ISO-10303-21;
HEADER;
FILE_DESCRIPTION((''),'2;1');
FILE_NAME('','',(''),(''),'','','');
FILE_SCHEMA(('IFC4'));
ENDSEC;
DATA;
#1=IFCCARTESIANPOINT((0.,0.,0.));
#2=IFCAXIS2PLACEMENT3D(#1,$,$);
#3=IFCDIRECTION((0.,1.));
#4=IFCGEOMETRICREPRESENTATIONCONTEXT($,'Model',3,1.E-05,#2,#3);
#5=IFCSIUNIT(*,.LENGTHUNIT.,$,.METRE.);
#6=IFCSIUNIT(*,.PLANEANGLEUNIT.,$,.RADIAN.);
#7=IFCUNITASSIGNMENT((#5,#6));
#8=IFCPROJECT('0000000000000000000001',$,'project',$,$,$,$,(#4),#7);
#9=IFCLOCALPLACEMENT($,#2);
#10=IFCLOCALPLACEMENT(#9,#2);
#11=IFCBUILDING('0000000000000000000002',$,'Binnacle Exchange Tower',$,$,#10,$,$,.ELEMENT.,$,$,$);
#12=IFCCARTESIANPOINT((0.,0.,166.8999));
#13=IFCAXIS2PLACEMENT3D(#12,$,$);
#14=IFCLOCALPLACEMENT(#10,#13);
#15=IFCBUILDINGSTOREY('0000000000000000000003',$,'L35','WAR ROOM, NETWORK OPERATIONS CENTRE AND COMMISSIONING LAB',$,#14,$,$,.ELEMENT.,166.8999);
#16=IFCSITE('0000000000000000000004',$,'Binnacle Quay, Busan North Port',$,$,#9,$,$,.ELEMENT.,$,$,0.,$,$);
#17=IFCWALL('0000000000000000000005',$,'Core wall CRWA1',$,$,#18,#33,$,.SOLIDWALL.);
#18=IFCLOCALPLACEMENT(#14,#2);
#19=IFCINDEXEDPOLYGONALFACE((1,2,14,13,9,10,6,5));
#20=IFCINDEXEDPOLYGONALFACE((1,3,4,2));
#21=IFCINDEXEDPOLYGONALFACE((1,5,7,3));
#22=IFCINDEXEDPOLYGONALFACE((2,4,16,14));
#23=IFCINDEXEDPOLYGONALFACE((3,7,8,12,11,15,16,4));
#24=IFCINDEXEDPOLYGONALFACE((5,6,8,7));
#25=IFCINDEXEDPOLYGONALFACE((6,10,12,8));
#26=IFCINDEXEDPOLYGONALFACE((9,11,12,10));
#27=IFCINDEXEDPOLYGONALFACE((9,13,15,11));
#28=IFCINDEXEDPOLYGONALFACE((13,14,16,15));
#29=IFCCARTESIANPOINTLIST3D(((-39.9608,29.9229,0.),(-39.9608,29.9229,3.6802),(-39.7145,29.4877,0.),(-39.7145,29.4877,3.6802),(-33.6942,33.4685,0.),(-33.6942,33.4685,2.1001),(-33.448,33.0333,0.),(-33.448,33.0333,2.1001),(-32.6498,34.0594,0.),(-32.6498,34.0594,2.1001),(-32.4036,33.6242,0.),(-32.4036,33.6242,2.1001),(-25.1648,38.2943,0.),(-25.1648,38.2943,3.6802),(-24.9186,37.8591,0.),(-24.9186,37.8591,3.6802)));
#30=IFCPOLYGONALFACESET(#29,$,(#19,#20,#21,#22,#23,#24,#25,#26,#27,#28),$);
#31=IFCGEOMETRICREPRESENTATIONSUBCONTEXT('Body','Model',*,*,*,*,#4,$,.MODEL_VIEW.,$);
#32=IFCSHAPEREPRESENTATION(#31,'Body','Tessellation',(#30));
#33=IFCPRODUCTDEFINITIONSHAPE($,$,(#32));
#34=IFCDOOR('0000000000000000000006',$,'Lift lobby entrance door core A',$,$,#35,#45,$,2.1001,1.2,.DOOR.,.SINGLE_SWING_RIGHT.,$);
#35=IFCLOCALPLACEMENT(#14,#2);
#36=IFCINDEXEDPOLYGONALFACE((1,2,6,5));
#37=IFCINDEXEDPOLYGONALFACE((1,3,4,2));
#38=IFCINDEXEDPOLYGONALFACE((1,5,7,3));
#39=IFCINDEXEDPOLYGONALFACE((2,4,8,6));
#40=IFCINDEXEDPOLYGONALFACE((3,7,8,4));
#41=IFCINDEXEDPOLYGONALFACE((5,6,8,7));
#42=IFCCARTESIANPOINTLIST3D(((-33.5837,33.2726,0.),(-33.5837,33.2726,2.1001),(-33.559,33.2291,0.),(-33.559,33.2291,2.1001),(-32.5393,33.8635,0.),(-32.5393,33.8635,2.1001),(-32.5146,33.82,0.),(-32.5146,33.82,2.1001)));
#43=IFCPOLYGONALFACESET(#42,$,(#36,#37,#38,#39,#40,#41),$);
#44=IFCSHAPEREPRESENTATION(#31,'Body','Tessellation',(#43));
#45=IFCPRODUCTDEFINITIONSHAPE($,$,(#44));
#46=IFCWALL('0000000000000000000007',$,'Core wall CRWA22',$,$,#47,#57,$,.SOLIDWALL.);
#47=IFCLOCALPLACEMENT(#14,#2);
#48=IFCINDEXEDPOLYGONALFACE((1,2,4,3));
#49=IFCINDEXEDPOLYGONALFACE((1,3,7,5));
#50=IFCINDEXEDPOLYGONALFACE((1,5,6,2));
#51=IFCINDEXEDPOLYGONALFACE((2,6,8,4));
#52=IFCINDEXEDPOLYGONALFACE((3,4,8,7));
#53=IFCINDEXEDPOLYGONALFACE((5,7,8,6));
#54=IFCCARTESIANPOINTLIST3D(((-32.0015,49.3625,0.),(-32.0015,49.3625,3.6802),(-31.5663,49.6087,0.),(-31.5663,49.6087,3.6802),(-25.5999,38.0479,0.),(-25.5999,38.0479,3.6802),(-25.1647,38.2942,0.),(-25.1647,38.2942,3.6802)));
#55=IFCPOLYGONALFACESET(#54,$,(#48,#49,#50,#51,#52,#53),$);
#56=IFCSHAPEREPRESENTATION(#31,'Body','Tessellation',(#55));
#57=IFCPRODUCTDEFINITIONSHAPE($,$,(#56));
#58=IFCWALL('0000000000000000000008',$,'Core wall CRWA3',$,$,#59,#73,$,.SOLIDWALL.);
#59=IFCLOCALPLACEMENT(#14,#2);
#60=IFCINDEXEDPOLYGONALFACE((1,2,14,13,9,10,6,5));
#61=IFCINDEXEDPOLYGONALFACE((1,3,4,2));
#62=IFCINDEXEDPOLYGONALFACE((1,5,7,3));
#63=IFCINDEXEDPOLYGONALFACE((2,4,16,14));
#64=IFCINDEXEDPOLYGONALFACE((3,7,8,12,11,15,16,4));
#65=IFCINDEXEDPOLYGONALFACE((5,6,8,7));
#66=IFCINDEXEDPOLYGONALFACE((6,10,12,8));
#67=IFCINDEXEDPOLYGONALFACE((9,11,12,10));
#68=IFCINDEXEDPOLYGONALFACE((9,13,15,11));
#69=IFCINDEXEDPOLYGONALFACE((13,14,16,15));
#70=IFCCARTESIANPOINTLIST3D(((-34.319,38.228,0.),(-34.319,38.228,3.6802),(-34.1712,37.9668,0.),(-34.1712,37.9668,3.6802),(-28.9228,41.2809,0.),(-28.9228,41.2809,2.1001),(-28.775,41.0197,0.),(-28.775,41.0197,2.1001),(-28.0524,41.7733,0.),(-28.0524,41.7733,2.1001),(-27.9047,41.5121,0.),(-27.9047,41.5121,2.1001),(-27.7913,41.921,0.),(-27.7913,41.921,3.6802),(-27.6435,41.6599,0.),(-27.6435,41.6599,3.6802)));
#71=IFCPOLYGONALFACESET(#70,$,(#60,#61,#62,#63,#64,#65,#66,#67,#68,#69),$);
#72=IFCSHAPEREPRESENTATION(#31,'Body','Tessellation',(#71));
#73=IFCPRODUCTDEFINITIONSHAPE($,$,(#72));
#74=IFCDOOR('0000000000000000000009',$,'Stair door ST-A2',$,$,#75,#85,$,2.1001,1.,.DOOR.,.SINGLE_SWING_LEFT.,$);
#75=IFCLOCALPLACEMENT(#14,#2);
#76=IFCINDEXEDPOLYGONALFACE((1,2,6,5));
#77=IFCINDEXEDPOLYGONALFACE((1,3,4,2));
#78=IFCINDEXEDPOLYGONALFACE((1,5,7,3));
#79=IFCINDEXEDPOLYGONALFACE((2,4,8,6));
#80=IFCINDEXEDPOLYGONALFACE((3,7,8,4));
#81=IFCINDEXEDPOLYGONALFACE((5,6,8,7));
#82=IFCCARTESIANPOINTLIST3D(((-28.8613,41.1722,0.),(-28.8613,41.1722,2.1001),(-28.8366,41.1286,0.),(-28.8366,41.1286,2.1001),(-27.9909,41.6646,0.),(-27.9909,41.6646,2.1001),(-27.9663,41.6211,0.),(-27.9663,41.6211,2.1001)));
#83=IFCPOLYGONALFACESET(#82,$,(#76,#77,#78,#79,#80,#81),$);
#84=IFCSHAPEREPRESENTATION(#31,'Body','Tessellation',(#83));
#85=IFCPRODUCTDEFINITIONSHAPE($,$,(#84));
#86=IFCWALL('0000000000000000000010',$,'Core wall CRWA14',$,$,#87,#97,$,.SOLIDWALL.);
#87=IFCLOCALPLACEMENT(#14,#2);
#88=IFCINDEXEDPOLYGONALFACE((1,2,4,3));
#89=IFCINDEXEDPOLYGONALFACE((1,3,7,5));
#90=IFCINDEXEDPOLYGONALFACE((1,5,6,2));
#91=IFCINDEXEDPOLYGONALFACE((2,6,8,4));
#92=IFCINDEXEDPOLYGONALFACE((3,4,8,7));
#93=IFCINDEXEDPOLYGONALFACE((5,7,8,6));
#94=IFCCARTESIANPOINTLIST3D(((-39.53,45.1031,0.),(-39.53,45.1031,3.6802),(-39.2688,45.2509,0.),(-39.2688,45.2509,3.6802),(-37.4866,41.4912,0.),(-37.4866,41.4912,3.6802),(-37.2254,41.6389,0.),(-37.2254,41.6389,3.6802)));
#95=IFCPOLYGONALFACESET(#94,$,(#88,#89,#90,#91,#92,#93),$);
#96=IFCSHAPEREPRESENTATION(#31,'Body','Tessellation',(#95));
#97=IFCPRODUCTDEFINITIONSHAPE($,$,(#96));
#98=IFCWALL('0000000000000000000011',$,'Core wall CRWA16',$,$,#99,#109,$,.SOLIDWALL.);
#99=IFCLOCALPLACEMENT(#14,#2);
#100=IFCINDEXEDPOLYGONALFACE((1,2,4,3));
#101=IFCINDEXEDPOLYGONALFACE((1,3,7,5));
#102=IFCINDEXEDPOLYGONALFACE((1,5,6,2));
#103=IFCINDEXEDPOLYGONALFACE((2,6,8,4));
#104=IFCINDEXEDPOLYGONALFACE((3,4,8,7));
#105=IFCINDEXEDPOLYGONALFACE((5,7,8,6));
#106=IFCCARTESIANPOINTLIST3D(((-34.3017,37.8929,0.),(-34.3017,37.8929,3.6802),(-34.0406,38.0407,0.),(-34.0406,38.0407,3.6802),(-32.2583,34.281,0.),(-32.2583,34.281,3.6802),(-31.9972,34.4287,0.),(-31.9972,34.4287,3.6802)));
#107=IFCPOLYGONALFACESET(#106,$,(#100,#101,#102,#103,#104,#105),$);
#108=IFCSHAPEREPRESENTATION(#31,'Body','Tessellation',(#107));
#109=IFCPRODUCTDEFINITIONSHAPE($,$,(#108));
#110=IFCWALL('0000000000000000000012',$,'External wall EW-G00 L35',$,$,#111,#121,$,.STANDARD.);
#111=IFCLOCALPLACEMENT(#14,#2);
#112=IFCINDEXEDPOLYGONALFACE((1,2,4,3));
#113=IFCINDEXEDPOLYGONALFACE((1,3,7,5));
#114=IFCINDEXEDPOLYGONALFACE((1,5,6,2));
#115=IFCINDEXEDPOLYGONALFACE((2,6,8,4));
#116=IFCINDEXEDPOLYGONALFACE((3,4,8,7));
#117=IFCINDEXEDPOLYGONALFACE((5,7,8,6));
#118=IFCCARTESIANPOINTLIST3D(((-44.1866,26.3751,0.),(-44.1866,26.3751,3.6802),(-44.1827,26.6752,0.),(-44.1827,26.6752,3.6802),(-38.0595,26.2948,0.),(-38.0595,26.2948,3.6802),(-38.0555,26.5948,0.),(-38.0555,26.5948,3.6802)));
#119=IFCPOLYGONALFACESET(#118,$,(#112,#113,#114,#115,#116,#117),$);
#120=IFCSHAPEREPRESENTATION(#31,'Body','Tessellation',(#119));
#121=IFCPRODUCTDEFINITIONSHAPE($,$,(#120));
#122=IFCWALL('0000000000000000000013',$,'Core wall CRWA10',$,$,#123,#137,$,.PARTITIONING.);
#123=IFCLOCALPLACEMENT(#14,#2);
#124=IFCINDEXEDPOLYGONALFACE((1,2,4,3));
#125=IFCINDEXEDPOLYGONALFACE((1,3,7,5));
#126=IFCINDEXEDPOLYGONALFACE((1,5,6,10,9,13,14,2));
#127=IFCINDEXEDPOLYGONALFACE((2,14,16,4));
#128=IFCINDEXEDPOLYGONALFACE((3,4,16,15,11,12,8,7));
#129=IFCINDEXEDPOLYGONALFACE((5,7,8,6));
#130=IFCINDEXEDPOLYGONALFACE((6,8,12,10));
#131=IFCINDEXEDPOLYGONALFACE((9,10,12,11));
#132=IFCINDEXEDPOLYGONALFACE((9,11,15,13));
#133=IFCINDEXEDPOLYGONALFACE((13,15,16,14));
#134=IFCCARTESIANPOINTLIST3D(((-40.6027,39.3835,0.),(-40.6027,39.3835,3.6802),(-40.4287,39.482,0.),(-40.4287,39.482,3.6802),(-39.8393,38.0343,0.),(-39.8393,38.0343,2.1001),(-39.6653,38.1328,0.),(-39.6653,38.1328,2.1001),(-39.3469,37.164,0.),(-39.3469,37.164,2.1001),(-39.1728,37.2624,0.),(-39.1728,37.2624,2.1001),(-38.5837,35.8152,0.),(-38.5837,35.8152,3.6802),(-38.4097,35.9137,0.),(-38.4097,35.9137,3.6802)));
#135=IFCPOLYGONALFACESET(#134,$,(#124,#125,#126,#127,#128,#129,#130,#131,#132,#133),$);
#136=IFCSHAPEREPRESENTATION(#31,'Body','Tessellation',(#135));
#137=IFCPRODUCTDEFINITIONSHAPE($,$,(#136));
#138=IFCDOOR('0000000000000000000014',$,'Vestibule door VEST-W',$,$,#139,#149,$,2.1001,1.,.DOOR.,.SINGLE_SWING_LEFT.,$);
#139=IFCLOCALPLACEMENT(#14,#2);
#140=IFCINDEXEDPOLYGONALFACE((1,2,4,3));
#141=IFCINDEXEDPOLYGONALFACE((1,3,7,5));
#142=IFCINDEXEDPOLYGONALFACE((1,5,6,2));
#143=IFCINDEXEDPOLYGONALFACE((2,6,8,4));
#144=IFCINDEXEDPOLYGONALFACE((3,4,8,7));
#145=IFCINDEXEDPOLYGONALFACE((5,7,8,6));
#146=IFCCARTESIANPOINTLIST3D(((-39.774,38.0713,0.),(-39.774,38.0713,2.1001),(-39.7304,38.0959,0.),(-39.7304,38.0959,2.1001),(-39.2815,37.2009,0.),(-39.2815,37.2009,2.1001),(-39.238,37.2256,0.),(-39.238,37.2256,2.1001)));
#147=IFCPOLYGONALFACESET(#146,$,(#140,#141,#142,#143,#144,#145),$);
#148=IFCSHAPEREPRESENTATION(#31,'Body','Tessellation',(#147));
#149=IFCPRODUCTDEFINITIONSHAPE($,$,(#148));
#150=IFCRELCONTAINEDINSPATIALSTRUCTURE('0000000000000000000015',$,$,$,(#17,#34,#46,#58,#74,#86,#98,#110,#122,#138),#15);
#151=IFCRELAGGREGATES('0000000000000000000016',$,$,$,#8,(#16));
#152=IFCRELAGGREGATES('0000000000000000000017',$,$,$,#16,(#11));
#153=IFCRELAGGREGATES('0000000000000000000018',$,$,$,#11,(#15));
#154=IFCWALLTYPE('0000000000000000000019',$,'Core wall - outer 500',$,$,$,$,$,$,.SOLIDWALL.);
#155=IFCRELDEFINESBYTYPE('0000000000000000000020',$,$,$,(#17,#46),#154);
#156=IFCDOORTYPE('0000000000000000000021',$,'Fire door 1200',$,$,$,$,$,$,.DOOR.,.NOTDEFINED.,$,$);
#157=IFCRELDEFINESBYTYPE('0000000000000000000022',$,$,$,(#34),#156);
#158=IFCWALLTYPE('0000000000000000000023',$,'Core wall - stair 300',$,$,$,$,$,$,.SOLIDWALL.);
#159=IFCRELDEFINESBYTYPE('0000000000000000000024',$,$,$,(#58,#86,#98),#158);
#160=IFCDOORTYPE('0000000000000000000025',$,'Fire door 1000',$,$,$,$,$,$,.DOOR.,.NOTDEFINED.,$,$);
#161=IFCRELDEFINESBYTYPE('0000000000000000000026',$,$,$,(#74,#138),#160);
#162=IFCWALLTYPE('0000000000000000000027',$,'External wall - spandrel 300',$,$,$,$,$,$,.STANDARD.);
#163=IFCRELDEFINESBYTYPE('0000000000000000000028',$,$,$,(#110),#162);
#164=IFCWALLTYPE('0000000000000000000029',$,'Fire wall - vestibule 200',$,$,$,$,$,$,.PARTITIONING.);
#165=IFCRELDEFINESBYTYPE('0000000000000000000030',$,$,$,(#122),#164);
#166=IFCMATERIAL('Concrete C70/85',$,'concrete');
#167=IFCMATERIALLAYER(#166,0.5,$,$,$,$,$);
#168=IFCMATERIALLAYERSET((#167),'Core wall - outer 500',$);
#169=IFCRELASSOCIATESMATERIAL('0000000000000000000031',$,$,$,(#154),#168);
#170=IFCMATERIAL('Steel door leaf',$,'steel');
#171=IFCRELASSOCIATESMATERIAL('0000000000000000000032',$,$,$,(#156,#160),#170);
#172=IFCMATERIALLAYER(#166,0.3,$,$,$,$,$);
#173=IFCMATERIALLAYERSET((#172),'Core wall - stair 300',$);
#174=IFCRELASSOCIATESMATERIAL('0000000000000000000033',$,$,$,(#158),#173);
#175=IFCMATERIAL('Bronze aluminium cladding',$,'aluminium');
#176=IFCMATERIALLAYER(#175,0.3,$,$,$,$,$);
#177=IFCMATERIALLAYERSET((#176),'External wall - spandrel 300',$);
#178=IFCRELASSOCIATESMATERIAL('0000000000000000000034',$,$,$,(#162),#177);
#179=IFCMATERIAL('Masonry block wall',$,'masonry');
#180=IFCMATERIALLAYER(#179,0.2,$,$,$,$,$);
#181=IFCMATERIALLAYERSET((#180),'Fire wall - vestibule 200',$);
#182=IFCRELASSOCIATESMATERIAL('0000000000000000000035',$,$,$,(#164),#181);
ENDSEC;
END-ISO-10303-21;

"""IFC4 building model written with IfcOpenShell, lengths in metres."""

from ifc_helpers import new_model, si_unit, direction, frame, frame_2d, origin, place, context, subcontext, project, spatial, rectangle, extrude, material, layer, layer_set, type_object, element, fill, save


model = new_model("IFC4")

# Units and contexts
model_context = context("Model", 3, precision=1e-05, world=origin(), true_north=direction((0.0, 1.0)))
body_context = subcontext(model_context, "Body", "Model", "MODEL_VIEW")
ifc_project = project(units=[si_unit("LENGTHUNIT", "METRE"), si_unit("PLANEANGLEUNIT", "RADIAN")], contexts=[model_context])

# Site, building, storey
site_placement = place(None, origin())
site = spatial("IfcSite", under=ifc_project, at=site_placement, Name="Binnacle Quay, Busan North Port", CompositionType="ELEMENT", RefElevation=0.0)
building_placement = place(site_placement, origin())
building = spatial("IfcBuilding", under=site, at=building_placement, Name="Binnacle Exchange Tower", CompositionType="ELEMENT")
storey_placement = place(building_placement, frame((0.0, 0.0, 166.8999)))
storey = spatial("IfcBuildingStorey", under=building, at=storey_placement, Name="L35", Description="WAR ROOM, NETWORK OPERATIONS CENTRE AND COMMISSIONING LAB", CompositionType="ELEMENT", Elevation=166.8999)

# Shared definitions
ifc_material_1 = material(Name="Concrete C70/85", Category="concrete")

# Shared definitions
ifc_material_2 = material(Name="Steel door leaf", Category="steel")

# Wall, opening, door
ifc_layer_1 = layer(ifc_material_1, 0.5)
ifc_layer_set_1 = layer_set([ifc_layer_1], Name="Core wall - outer 500")
wall_type_1 = type_object("IfcWallType", Name="Core wall - outer 500", PredefinedType="SOLIDWALL", material=ifc_layer_set_1)
wall_1_placement = place(storey_placement, frame((-39.8376, 29.7053, 0.0), z_axis=(0.0, 0.0, 1.0), x_axis=(0.87035, 0.492433, 0.0)))
wall_1 = element("IfcWall", 1, at=wall_1_placement, inside=storey, type_object=wall_type_1, Name="Core wall CRWA1", PredefinedType="SOLIDWALL", context=body_context, shape_type="SweptSolid", body=[
    extrude(rectangle(XDim=17.0, YDim=0.5, at=frame_2d((8.5, 0.0))), origin(), (0.0, 0.0, 1.0), 3.6802),
])
opening_1_placement = place(wall_1_placement, frame((7.2, 0.0, 0.0)))
opening_1 = element("IfcOpeningElement", 2, at=opening_1_placement, cuts=wall_1, PredefinedType="OPENING", context=body_context, shape_type="SweptSolid", body=[
    extrude(rectangle(XDim=1.2, YDim=2.1001, at=frame_2d((0.6001, 1.05))), frame((0.0, 0.26, 0.0), z_axis=(0.0, -1.0, 0.0), x_axis=(1.0, 0.0, 0.0)), (0.0, 0.0, 1.0), 0.52),
])
door_type_1 = type_object("IfcDoorType", Name="Fire door 1200", OperationType="NOTDEFINED", PredefinedType="DOOR", material=ifc_material_2)
door_1_placement = place(opening_1_placement, frame((1.2, 0.0, 0.0), z_axis=(0.0, 0.0, 1.0), x_axis=(-1.0, 0.0, 0.0)))
door_1 = element("IfcDoor", 3, at=door_1_placement, inside=storey, type_object=door_type_1, Name="Lift lobby entrance door core A", OperationType="SINGLE_SWING_RIGHT", OverallHeight=2.1001, OverallWidth=1.2, PredefinedType="DOOR", context=body_context, shape_type="SweptSolid", body=[
    extrude(rectangle(XDim=1.2, YDim=2.1001, at=frame_2d((0.6001, 1.05))), frame((0.0, 0.0249, 0.0), z_axis=(0.0, -1.0, 0.0), x_axis=(1.0, 0.0, 0.0)), (0.0, 0.0, 1.0), 0.05),
])
fill(opening_1, door_1)

# Wall
wall_2_placement = place(storey_placement, frame((-31.7839, 49.4856, 0.0), z_axis=(0.0, 0.0, 1.0), x_axis=(0.492435, -0.870349, 0.0)))
element("IfcWall", 4, at=wall_2_placement, inside=storey, type_object=wall_type_1, Name="Core wall CRWA22", PredefinedType="SOLIDWALL", context=body_context, shape_type="SweptSolid", body=[
    extrude(rectangle(XDim=13.0, YDim=0.5, at=frame_2d((6.5, 0.0))), origin(), (0.0, 0.0, 1.0), 3.6802),
])

# Wall, opening, door
ifc_layer_2 = layer(ifc_material_1, 0.3)
ifc_layer_set_2 = layer_set([ifc_layer_2], Name="Core wall - stair 300")
wall_type_2 = type_object("IfcWallType", Name="Core wall - stair 300", PredefinedType="SOLIDWALL", material=ifc_layer_set_2)
wall_3_placement = place(storey_placement, frame((-34.2451, 38.0974, 0.0), z_axis=(0.0, 0.0, 1.0), x_axis=(0.870365, 0.492408, 0.0)))
wall_3 = element("IfcWall", 5, at=wall_3_placement, inside=storey, type_object=wall_type_2, Name="Core wall CRWA3", PredefinedType="SOLIDWALL", context=body_context, shape_type="SweptSolid", body=[
    extrude(rectangle(XDim=7.5, YDim=0.3, at=frame_2d((3.75, 0.0))), origin(), (0.0, 0.0, 1.0), 3.6802),
])
opening_2_placement = place(wall_3_placement, frame((6.2, 0.0, 0.0)))
opening_2 = element("IfcOpeningElement", 6, at=opening_2_placement, cuts=wall_3, PredefinedType="OPENING", context=body_context, shape_type="SweptSolid", body=[
    extrude(rectangle(XDim=1.0, YDim=2.1001, at=frame_2d((0.5, 1.05))), frame((0.0, 0.1599, 0.0), z_axis=(0.0, -1.0, 0.0), x_axis=(1.0, 0.0, 0.0)), (0.0, 0.0, 1.0), 0.3201),
])
door_type_2 = type_object("IfcDoorType", Name="Fire door 1000", OperationType="NOTDEFINED", PredefinedType="DOOR", material=ifc_material_2)
door_2_placement = place(opening_2_placement, frame((1.0, 0.0, 0.0), z_axis=(0.0, 0.0, 1.0), x_axis=(-1.0, 0.0, 0.0)))
door_2 = element("IfcDoor", 7, at=door_2_placement, inside=storey, type_object=door_type_2, Name="Stair door ST-A2", OperationType="SINGLE_SWING_LEFT", OverallHeight=2.1001, OverallWidth=1.0, PredefinedType="DOOR", context=body_context, shape_type="SweptSolid", body=[
    extrude(rectangle(XDim=1.0, YDim=2.1001, at=frame_2d((0.5, 1.05))), frame((0.0, 0.0249, 0.0), z_axis=(0.0, -1.0, 0.0), x_axis=(1.0, 0.0, 0.0)), (0.0, 0.0, 1.0), 0.05),
])
fill(opening_2, door_2)

# Walls
for number, where, z_axis, x_axis, name in (
    (8, (-39.3994, 45.177, 0.0), (0.0, 0.0, 1.0), (0.492396, -0.870371, 0.0), "Core wall CRWA14"),
    (9, (-34.1711, 37.9668, 0.0), (0.0, 0.0, 1.0), (0.492396, -0.870371, 0.0), "Core wall CRWA16"),
):
    element("IfcWall", number, at=place(storey_placement, frame(where, z_axis=z_axis, x_axis=x_axis)), inside=storey, type_object=wall_type_2, Name=name, PredefinedType="SOLIDWALL", context=body_context, shape_type="SweptSolid", body=[
        extrude(rectangle(XDim=4.1499, YDim=0.3, at=frame_2d((2.075, 0.0))), origin(), (0.0, 0.0, 1.0), 3.6802),
    ])
ifc_material_3 = material(Name="Bronze aluminium cladding", Category="aluminium")
ifc_layer_3 = layer(ifc_material_3, 0.3)
ifc_layer_set_3 = layer_set([ifc_layer_3], Name="External wall - spandrel 300")
wall_type_3 = type_object("IfcWallType", Name="External wall - spandrel 300", PredefinedType="STANDARD", material=ifc_layer_set_3)
wall_4_placement = place(storey_placement, frame((-38.0574, 26.4448, 0.0), z_axis=(0.0, 0.0, 1.0), x_axis=(-0.999914, 0.013108, 0.0)))
element("IfcWall", 10, at=wall_4_placement, inside=storey, type_object=wall_type_3, Name="External wall EW-G00 L35", PredefinedType="STANDARD", context=body_context, shape_type="SweptSolid", body=[
    extrude(rectangle(XDim=6.1277, YDim=0.3, at=frame_2d((3.064, 0.0))), origin(), (0.0, 0.0, 1.0), 3.6802),
])

# Wall, opening, door
ifc_material_4 = material(Name="Masonry block wall", Category="masonry")
ifc_layer_4 = layer(ifc_material_4, 0.2)
ifc_layer_set_4 = layer_set([ifc_layer_4], Name="Fire wall - vestibule 200")
wall_type_4 = type_object("IfcWallType", Name="Fire wall - vestibule 200", PredefinedType="PARTITIONING", material=ifc_layer_set_4)
wall_5_placement = place(storey_placement, frame((-40.5156, 39.4326, 0.0), z_axis=(0.0, 0.0, 1.0), x_axis=(0.492454, -0.870339, 0.0)))
wall_5 = element("IfcWall", 11, at=wall_5_placement, inside=storey, type_object=wall_type_4, Name="Core wall CRWA10", PredefinedType="PARTITIONING", context=body_context, shape_type="SweptSolid", body=[
    extrude(rectangle(XDim=4.0999, YDim=0.2, at=frame_2d((2.0498, 0.0))), origin(), (0.0, 0.0, 1.0), 3.6802),
])
opening_3_placement = place(wall_5_placement, frame((1.55, 0.0, 0.0)))
opening_3 = element("IfcOpeningElement", 12, at=opening_3_placement, cuts=wall_5, PredefinedType="OPENING", context=body_context, shape_type="SweptSolid", body=[
    extrude(rectangle(XDim=1.0, YDim=2.1001, at=frame_2d((0.5, 1.05))), frame((0.0, 0.1099, 0.0), z_axis=(0.0, -1.0, 0.0), x_axis=(1.0, 0.0, 0.0)), (0.0, 0.0, 1.0), 0.22),
])
door_3_placement = place(opening_3_placement, frame((1.0, 0.0, 0.0), z_axis=(0.0, 0.0, 1.0), x_axis=(-1.0, 0.0, 0.0)))
door_3 = element("IfcDoor", 13, at=door_3_placement, inside=storey, type_object=door_type_2, Name="Vestibule door VEST-W", OperationType="SINGLE_SWING_LEFT", OverallHeight=2.1001, OverallWidth=1.0, PredefinedType="DOOR", context=body_context, shape_type="SweptSolid", body=[
    extrude(rectangle(XDim=1.0, YDim=2.1001, at=frame_2d((0.5, 1.05))), frame((0.0, 0.0249, 0.0), z_axis=(0.0, -1.0, 0.0), x_axis=(1.0, 0.0, 0.0)), (0.0, 0.0, 1.0), 0.05),
])
fill(opening_3, door_3)

save(model, "model.ifc")
